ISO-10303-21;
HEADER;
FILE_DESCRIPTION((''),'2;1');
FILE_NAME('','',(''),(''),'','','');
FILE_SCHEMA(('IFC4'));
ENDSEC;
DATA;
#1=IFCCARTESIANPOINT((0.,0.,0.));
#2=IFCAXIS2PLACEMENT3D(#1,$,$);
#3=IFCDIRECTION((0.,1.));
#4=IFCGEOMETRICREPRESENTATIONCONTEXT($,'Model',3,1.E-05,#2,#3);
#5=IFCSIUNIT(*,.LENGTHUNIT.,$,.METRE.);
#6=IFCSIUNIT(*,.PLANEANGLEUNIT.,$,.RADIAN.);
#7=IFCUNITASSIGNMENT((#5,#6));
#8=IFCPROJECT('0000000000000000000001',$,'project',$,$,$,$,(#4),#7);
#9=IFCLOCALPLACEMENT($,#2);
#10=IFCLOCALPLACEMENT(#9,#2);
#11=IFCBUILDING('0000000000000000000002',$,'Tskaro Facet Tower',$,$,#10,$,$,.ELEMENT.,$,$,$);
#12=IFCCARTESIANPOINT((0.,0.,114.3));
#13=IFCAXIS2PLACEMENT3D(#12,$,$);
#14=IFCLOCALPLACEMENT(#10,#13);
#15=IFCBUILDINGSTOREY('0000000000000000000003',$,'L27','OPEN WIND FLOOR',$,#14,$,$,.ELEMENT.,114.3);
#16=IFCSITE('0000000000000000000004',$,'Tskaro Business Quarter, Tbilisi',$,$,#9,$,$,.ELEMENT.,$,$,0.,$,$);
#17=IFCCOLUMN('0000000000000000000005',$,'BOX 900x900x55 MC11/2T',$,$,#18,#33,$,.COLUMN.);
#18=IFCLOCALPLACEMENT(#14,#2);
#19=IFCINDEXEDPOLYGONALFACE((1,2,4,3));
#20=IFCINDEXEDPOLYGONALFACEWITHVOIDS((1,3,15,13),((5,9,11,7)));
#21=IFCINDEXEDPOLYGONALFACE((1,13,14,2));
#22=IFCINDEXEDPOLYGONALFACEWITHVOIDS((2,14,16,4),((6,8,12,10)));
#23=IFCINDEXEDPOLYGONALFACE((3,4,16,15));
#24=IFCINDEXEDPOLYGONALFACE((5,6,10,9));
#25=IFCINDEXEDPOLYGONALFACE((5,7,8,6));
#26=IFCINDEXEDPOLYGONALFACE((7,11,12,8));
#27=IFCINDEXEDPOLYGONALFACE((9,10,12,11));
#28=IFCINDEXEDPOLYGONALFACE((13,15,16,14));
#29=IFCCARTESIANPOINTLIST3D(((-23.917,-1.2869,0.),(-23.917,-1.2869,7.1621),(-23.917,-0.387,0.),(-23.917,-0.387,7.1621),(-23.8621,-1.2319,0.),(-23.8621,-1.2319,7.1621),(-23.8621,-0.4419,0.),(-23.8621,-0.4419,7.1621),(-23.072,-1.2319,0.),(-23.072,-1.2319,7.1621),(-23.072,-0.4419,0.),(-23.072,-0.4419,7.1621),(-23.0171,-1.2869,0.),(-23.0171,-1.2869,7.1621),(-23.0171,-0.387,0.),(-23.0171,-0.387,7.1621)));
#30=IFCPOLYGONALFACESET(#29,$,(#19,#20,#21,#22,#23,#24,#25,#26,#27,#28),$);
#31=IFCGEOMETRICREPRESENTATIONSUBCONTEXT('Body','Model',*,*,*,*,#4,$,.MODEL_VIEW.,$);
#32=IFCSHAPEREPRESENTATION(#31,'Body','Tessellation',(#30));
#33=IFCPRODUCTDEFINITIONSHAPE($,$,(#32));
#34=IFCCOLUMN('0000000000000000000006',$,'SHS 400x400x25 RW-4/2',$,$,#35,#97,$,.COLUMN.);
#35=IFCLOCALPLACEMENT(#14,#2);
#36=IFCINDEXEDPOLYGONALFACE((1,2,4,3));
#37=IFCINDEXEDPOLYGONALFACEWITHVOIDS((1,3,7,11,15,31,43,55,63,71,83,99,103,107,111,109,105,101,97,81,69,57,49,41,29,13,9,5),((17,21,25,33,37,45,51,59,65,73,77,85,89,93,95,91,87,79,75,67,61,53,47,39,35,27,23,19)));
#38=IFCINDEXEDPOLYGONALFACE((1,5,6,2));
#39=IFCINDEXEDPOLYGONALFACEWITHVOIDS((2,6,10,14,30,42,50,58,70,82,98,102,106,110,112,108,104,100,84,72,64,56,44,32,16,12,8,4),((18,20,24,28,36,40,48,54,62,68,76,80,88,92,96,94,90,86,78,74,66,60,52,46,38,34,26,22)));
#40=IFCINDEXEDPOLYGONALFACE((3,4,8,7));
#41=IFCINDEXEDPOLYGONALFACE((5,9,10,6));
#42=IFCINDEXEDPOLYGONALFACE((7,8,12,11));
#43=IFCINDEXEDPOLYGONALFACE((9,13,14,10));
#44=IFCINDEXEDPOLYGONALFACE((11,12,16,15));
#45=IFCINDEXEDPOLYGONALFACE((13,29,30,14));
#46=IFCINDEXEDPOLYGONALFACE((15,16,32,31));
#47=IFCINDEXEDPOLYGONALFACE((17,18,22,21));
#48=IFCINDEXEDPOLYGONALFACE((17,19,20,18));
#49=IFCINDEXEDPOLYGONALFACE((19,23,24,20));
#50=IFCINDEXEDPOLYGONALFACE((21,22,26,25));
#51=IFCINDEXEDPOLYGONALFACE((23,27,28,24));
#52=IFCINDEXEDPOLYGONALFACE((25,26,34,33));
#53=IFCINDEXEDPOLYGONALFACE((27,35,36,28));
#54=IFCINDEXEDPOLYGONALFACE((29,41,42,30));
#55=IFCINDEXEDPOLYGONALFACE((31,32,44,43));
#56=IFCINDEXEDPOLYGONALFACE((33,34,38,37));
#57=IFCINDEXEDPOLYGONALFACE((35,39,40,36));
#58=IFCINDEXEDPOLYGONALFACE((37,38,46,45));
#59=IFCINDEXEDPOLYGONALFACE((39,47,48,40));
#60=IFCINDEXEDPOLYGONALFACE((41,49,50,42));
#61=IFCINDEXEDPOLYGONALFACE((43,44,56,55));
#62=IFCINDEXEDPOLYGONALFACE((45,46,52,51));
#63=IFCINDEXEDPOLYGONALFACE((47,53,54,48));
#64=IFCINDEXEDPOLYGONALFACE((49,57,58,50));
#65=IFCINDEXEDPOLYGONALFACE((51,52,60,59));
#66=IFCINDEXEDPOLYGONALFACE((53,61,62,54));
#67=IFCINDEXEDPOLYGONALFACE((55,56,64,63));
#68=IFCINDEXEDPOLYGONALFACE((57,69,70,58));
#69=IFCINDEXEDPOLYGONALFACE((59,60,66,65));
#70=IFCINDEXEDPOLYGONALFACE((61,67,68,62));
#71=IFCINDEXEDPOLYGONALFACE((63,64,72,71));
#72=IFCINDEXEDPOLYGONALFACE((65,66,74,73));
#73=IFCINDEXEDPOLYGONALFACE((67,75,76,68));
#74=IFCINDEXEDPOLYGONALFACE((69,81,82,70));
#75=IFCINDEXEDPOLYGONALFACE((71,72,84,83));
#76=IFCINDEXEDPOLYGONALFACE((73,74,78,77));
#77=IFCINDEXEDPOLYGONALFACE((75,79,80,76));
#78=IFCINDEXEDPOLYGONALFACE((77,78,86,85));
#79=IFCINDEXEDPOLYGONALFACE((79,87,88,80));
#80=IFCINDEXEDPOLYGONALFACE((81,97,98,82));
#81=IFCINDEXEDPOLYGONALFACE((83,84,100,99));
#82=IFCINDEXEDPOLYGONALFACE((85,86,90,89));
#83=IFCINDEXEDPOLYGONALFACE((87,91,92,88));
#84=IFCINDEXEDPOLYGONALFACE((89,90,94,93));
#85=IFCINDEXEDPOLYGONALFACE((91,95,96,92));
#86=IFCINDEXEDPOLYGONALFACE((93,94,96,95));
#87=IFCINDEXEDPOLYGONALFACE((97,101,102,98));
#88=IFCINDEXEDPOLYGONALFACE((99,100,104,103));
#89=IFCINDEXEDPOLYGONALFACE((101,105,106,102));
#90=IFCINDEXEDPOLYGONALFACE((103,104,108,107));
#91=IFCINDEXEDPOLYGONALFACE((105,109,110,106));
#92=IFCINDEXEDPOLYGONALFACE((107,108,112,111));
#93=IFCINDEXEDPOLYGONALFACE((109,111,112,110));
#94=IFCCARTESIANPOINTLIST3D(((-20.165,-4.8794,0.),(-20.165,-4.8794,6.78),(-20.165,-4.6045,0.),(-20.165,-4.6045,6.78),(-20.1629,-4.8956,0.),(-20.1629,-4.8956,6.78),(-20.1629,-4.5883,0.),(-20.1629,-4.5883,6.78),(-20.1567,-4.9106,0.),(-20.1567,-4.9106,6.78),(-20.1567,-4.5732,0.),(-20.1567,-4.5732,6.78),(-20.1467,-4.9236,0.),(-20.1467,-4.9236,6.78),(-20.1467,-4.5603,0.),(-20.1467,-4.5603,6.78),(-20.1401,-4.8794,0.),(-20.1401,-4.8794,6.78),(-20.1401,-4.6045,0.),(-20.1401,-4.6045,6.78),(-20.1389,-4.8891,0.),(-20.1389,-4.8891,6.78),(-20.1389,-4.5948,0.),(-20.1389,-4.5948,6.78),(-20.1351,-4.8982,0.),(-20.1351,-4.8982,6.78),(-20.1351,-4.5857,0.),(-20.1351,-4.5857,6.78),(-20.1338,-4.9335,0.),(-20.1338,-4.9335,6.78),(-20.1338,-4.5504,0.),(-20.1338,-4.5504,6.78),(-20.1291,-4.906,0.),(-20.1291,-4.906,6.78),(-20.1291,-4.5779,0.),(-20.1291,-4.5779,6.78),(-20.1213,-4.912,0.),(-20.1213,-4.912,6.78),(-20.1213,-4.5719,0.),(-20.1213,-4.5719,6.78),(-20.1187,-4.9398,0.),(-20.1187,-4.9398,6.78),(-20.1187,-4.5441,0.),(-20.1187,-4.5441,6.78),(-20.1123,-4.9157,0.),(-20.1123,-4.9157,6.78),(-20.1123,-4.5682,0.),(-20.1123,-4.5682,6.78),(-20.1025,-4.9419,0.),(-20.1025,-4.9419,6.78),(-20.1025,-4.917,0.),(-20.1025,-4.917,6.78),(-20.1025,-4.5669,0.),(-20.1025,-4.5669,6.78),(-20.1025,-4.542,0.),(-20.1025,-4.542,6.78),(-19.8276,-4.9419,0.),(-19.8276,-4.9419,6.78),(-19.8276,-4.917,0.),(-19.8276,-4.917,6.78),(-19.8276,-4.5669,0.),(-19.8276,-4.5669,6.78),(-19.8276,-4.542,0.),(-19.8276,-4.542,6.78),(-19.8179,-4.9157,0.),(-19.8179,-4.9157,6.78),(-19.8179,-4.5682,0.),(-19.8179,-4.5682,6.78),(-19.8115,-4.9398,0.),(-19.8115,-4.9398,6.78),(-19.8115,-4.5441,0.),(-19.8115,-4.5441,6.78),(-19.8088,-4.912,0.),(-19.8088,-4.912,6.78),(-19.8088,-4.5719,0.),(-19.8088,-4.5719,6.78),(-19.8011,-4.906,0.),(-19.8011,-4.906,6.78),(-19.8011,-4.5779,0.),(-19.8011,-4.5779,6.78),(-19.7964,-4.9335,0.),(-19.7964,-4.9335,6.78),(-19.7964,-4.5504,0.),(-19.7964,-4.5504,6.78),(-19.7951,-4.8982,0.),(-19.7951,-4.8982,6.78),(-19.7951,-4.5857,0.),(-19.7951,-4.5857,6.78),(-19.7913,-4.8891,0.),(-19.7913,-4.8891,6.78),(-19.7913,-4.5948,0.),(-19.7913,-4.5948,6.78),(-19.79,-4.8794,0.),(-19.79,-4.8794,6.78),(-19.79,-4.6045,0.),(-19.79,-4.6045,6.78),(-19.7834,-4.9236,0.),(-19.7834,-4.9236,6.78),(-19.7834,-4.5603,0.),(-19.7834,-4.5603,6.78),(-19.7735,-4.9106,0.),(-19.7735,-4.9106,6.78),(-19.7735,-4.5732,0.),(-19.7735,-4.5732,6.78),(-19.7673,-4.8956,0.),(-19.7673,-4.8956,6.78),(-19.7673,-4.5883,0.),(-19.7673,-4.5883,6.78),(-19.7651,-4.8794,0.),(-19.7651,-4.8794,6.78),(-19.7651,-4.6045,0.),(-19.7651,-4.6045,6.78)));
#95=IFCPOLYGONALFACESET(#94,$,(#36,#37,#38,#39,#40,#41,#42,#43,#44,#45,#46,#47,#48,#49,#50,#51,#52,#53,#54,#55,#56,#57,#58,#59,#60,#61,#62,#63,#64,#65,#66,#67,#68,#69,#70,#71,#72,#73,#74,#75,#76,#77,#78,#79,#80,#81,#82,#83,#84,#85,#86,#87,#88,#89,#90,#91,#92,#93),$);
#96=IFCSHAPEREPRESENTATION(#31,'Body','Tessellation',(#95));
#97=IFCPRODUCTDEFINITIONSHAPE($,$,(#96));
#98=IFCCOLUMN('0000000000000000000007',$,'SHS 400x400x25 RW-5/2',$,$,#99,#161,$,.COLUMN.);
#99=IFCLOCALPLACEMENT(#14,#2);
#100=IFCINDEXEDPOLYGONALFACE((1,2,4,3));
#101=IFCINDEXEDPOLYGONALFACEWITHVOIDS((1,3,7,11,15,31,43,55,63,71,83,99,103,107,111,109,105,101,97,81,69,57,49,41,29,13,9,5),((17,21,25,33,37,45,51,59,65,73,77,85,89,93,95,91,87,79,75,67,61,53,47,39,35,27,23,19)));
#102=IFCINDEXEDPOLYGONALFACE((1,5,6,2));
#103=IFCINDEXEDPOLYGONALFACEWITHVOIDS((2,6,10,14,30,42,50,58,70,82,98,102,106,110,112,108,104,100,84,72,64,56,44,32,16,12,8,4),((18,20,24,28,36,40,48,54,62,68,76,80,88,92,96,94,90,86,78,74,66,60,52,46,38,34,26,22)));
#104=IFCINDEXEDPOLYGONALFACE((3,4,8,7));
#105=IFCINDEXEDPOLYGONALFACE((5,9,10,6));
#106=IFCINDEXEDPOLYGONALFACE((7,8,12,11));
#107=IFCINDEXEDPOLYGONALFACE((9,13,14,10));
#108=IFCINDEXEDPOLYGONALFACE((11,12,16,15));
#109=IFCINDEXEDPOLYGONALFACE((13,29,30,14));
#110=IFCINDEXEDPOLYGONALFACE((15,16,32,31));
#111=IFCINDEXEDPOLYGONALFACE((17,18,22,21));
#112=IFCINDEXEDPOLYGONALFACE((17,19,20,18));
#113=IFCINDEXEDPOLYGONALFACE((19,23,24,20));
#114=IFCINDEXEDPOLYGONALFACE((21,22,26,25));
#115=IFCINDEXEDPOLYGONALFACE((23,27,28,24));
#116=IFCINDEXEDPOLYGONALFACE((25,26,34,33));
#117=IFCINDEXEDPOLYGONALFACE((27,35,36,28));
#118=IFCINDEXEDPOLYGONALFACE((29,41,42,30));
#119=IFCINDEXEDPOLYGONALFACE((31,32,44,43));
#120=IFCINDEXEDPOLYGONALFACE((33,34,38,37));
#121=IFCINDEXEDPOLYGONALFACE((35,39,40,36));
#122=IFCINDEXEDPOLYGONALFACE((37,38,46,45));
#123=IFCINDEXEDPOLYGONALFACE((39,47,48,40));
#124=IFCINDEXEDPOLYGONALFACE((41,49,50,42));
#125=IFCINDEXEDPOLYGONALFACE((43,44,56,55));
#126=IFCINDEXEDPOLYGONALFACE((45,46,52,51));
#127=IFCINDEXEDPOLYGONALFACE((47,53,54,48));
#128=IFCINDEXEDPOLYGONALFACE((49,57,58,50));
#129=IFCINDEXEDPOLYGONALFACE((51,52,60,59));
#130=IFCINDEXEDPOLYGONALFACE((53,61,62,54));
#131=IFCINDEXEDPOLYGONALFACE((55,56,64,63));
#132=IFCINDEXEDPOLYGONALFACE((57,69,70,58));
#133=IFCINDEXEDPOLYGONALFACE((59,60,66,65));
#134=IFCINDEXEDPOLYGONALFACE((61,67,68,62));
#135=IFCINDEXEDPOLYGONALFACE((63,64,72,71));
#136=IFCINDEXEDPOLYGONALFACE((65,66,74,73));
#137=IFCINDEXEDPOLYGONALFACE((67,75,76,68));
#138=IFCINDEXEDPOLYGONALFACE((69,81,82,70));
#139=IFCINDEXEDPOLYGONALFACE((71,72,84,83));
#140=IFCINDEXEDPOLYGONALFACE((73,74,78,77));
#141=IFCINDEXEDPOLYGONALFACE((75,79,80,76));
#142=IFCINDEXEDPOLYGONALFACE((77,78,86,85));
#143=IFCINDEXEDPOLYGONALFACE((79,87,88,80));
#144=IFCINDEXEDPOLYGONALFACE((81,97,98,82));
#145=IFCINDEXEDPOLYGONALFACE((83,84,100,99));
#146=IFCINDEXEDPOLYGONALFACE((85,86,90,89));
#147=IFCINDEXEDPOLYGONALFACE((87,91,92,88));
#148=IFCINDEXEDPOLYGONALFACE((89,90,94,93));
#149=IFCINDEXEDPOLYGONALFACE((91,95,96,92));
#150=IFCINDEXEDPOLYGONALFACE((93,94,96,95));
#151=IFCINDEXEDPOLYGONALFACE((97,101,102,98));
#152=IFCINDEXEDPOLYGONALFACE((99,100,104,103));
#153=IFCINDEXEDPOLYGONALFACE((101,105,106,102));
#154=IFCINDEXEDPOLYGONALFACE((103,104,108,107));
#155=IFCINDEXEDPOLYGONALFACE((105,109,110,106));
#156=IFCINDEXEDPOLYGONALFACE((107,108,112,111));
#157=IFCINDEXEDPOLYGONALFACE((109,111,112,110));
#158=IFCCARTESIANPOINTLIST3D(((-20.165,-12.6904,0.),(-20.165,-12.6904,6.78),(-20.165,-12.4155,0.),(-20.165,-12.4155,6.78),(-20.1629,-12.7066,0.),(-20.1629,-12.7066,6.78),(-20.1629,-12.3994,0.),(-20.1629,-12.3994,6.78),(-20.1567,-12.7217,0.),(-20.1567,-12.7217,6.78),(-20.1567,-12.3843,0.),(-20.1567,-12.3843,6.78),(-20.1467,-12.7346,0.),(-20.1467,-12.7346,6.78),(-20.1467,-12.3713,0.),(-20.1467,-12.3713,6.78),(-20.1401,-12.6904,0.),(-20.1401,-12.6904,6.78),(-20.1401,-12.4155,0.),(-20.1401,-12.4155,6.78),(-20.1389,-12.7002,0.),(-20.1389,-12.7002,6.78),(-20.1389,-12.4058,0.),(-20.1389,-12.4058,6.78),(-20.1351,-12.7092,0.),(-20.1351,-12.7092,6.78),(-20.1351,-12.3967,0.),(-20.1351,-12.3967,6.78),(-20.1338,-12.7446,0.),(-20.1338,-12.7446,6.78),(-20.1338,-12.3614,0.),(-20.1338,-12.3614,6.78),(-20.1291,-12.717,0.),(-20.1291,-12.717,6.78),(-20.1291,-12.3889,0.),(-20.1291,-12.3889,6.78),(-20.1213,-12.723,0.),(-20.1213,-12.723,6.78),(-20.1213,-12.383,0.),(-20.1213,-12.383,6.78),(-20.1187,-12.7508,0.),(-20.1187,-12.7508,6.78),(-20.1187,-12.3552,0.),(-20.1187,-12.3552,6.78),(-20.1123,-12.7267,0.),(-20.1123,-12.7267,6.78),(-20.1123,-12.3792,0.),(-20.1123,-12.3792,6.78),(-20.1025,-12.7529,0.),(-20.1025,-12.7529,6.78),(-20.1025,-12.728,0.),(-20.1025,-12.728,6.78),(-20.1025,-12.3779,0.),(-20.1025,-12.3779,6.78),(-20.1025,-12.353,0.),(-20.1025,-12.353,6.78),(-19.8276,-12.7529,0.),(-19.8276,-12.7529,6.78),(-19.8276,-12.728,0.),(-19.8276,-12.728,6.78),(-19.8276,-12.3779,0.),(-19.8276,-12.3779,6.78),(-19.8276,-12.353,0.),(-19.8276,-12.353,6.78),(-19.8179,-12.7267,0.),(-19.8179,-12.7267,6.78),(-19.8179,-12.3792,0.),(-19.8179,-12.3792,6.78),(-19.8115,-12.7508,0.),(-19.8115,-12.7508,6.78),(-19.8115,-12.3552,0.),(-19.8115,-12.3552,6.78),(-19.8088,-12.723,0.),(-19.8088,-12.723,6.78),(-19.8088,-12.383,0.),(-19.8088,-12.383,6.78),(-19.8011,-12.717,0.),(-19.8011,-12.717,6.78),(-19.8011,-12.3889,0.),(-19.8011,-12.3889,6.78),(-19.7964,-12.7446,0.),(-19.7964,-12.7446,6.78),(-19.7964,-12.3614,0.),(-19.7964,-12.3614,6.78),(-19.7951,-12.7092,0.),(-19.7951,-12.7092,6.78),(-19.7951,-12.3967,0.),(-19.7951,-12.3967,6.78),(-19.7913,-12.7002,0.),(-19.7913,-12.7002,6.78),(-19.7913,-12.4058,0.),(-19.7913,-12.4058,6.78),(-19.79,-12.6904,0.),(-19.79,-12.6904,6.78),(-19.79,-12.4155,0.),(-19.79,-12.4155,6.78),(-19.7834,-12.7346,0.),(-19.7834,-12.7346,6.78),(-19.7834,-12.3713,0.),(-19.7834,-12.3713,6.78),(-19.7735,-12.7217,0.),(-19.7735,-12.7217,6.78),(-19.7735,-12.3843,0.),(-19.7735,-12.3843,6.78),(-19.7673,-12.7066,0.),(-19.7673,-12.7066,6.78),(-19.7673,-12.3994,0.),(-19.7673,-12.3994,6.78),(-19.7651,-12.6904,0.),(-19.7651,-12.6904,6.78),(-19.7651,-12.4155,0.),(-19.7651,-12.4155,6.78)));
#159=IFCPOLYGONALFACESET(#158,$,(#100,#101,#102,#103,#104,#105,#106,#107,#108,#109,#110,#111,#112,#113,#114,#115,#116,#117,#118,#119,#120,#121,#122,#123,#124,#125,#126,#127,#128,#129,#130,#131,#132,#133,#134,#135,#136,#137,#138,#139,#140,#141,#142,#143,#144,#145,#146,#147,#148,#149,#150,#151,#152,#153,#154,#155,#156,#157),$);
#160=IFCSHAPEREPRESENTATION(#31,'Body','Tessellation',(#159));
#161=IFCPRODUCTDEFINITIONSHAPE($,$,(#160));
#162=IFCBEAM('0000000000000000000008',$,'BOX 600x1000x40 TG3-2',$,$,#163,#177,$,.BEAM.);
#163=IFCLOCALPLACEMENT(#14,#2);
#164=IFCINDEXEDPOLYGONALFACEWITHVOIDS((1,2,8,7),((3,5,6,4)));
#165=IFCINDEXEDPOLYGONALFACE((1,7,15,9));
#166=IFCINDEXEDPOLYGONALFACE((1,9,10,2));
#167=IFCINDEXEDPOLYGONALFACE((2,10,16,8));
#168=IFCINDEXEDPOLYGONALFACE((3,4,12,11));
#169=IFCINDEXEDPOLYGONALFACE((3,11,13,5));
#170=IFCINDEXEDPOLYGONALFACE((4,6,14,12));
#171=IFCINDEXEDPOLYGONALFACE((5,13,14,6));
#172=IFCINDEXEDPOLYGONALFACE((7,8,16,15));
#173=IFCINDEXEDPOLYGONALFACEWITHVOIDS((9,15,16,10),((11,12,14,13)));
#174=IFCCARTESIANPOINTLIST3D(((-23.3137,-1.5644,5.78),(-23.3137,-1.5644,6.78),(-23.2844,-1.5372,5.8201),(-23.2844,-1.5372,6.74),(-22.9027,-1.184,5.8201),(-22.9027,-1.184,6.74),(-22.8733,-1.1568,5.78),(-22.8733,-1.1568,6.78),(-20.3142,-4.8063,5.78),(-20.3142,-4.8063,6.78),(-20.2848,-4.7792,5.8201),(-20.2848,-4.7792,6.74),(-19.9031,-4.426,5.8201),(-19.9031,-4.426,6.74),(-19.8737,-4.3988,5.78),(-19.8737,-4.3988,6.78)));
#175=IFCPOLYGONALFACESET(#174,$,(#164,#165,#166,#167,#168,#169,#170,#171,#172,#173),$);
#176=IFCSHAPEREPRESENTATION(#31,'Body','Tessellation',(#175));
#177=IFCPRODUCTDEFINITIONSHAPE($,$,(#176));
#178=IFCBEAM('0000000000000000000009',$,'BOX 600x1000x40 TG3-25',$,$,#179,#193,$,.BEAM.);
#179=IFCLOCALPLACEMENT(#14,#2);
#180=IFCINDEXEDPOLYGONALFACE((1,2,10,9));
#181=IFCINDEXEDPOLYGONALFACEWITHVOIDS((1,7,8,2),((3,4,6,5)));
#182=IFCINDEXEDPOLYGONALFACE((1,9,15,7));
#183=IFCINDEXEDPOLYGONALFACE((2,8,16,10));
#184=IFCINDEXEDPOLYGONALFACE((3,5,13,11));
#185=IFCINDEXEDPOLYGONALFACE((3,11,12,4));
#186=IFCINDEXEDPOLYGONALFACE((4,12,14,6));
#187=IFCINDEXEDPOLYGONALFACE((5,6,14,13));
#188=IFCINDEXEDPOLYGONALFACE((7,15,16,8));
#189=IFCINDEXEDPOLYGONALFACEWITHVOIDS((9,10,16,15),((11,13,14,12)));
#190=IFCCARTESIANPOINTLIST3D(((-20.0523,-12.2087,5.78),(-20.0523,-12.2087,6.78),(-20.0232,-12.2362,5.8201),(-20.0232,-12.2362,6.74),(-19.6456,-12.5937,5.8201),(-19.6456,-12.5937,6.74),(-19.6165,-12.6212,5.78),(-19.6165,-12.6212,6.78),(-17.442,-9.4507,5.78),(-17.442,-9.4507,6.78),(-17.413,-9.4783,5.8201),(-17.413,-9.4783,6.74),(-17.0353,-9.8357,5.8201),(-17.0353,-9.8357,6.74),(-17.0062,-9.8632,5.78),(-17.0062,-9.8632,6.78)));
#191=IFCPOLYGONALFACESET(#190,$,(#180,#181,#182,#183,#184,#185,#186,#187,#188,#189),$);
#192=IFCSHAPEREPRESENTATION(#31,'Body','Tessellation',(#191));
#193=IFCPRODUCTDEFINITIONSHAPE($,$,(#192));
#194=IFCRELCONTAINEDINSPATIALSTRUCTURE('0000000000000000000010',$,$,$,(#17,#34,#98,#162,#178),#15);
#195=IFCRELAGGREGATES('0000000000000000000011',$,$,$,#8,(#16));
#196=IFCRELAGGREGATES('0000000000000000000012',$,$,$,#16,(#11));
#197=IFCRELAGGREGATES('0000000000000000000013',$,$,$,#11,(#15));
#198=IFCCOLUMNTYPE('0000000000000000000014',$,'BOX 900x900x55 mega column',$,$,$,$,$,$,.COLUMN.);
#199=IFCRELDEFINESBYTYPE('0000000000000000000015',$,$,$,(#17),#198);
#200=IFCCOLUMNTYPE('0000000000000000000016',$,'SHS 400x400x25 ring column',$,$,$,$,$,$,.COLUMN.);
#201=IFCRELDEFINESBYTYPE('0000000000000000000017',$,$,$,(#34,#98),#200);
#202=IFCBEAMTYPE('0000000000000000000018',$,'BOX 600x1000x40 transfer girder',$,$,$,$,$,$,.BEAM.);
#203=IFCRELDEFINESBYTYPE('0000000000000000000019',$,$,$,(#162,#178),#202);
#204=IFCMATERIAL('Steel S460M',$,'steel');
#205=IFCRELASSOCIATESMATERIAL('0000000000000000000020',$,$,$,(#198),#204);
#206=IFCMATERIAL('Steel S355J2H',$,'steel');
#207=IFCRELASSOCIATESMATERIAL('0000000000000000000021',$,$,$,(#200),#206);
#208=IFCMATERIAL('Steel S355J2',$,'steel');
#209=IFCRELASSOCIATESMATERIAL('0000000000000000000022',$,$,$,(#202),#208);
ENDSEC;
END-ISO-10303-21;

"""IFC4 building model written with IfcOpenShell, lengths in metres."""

from ifc_helpers import new_model, si_unit, direction, frame, origin, origin_2d, place, context, subcontext, project, spatial, hollow_rectangle, extrude, material, material_profile, profile_set, type_object, element, save


model = new_model("IFC4")

# Units and contexts
model_context = context("Model", 3, precision=1e-05, world=origin(), true_north=direction((0.0, 1.0)))
body_context = subcontext(model_context, "Body", "Model", "MODEL_VIEW")
ifc_project = project(units=[si_unit("LENGTHUNIT", "METRE"), si_unit("PLANEANGLEUNIT", "RADIAN")], contexts=[model_context])

# Site, building, storey
site_placement = place(None, origin())
site = spatial("IfcSite", under=ifc_project, at=site_placement, Name="Tskaro Business Quarter, Tbilisi", CompositionType="ELEMENT", RefElevation=0.0)
building_placement = place(site_placement, origin())
building = spatial("IfcBuilding", under=site, at=building_placement, Name="Tskaro Facet Tower", CompositionType="ELEMENT")
storey_placement = place(building_placement, frame((0.0, 0.0, 114.3)))
storey = spatial("IfcBuildingStorey", under=building, at=storey_placement, Name="L27", Description="OPEN WIND FLOOR", CompositionType="ELEMENT", Elevation=114.3)

# Columns
ifc_material_1 = material(Name="Steel S460M", Category="steel")
ifc_material_profile_1 = material_profile(ifc_material_1, hollow_rectangle(XDim=0.8999, YDim=0.8999, WallThickness=0.0549, at=origin_2d()), Name="BOX 900x900x55")
ifc_profile_set_1 = profile_set([ifc_material_profile_1], Name="Steel S460M")
column_type_1 = type_object("IfcColumnType", Name="BOX 900x900x55 mega column", PredefinedType="COLUMN", material=ifc_profile_set_1)
column_placement = place(storey_placement, frame((-23.467, -0.8369, 0.0), z_axis=(0.0, 0.0, 1.0), x_axis=(1.0, 0.0, 0.0)))
element("IfcColumn", 1, at=column_placement, inside=storey, type_object=column_type_1, Name="BOX 900x900x55 MC11/2T", PredefinedType="COLUMN", context=body_context, shape_type="SweptSolid", body=[
    extrude(hollow_rectangle(XDim=0.8999, YDim=0.8999, WallThickness=0.0549, at=origin_2d()), origin(), (0.0, 0.0, 1.0), 7.1621),
])
ifc_material_2 = material(Name="Steel S355J2H", Category="steel")
ifc_material_profile_2 = material_profile(ifc_material_2, hollow_rectangle(XDim=0.3999, YDim=0.3999, WallThickness=0.0249, InnerFilletRadius=0.0376, OuterFilletRadius=0.0625, at=origin_2d()), Name="SHS 400x400x25")
ifc_profile_set_2 = profile_set([ifc_material_profile_2], Name="Steel S355J2H")
column_type_2 = type_object("IfcColumnType", Name="SHS 400x400x25 ring column", PredefinedType="COLUMN", material=ifc_profile_set_2)
for number, where, z_axis, x_axis, name in (
    (2, (-19.9651, -4.7419, 0.0), (0.0, 0.0, 1.0), (1.0, 0.0, 0.0), "SHS 400x400x25 RW-4/2"),
    (3, (-19.9651, -12.553, 0.0), (0.0, 0.0, 1.0), (1.0, 0.0, 0.0), "SHS 400x400x25 RW-5/2"),
):
    element("IfcColumn", number, at=place(storey_placement, frame(where, z_axis=z_axis, x_axis=x_axis)), inside=storey, type_object=column_type_2, Name=name, PredefinedType="COLUMN", context=body_context, shape_type="SweptSolid", body=[
        extrude(hollow_rectangle(XDim=0.3999, YDim=0.3999, WallThickness=0.0249, InnerFilletRadius=0.0376, OuterFilletRadius=0.0625, at=origin_2d()), origin(), (0.0, 0.0, 1.0), 6.78),
    ])

# Beams
ifc_material_3 = material(Name="Steel S355J2", Category="steel")
ifc_material_profile_3 = material_profile(ifc_material_3, hollow_rectangle(XDim=0.6001, YDim=1.0, WallThickness=0.04, at=origin_2d()), Name="BOX 600x1000x40")
ifc_profile_set_3 = profile_set([ifc_material_profile_3], Name="Steel S355J2")
beam_type_1 = type_object("IfcBeamType", Name="BOX 600x1000x40 transfer girder", PredefinedType="BEAM", material=ifc_profile_set_3)
beam_1_placement = place(storey_placement, frame((-23.0935, -1.3606, 6.28), z_axis=(0.679129, -0.734019, 0.0), x_axis=(0.734019, 0.679129, 0.0)))
element("IfcBeam", 4, at=beam_1_placement, inside=storey, type_object=beam_type_1, Name="BOX 600x1000x40 TG3-2", PredefinedType="BEAM", context=body_context, shape_type="SweptSolid", body=[
    extrude(hollow_rectangle(XDim=0.6001, YDim=1.0, WallThickness=0.04, at=origin_2d()), origin(), (0.0, 0.0, 1.0), 4.4167),
])
beam_2_placement = place(storey_placement, frame((-17.2241, -9.657, 6.28), z_axis=(-0.687391, -0.726287, 0.0), x_axis=(0.726287, -0.687391, 0.0)))
element("IfcBeam", 5, at=beam_2_placement, inside=storey, type_object=beam_type_1, Name="BOX 600x1000x40 TG3-25", PredefinedType="BEAM", context=body_context, shape_type="SweptSolid", body=[
    extrude(hollow_rectangle(XDim=0.6001, YDim=1.0, WallThickness=0.04, at=origin_2d()), origin(), (0.0, 0.0, 1.0), 3.7974),
])

save(model, "model.ifc")
